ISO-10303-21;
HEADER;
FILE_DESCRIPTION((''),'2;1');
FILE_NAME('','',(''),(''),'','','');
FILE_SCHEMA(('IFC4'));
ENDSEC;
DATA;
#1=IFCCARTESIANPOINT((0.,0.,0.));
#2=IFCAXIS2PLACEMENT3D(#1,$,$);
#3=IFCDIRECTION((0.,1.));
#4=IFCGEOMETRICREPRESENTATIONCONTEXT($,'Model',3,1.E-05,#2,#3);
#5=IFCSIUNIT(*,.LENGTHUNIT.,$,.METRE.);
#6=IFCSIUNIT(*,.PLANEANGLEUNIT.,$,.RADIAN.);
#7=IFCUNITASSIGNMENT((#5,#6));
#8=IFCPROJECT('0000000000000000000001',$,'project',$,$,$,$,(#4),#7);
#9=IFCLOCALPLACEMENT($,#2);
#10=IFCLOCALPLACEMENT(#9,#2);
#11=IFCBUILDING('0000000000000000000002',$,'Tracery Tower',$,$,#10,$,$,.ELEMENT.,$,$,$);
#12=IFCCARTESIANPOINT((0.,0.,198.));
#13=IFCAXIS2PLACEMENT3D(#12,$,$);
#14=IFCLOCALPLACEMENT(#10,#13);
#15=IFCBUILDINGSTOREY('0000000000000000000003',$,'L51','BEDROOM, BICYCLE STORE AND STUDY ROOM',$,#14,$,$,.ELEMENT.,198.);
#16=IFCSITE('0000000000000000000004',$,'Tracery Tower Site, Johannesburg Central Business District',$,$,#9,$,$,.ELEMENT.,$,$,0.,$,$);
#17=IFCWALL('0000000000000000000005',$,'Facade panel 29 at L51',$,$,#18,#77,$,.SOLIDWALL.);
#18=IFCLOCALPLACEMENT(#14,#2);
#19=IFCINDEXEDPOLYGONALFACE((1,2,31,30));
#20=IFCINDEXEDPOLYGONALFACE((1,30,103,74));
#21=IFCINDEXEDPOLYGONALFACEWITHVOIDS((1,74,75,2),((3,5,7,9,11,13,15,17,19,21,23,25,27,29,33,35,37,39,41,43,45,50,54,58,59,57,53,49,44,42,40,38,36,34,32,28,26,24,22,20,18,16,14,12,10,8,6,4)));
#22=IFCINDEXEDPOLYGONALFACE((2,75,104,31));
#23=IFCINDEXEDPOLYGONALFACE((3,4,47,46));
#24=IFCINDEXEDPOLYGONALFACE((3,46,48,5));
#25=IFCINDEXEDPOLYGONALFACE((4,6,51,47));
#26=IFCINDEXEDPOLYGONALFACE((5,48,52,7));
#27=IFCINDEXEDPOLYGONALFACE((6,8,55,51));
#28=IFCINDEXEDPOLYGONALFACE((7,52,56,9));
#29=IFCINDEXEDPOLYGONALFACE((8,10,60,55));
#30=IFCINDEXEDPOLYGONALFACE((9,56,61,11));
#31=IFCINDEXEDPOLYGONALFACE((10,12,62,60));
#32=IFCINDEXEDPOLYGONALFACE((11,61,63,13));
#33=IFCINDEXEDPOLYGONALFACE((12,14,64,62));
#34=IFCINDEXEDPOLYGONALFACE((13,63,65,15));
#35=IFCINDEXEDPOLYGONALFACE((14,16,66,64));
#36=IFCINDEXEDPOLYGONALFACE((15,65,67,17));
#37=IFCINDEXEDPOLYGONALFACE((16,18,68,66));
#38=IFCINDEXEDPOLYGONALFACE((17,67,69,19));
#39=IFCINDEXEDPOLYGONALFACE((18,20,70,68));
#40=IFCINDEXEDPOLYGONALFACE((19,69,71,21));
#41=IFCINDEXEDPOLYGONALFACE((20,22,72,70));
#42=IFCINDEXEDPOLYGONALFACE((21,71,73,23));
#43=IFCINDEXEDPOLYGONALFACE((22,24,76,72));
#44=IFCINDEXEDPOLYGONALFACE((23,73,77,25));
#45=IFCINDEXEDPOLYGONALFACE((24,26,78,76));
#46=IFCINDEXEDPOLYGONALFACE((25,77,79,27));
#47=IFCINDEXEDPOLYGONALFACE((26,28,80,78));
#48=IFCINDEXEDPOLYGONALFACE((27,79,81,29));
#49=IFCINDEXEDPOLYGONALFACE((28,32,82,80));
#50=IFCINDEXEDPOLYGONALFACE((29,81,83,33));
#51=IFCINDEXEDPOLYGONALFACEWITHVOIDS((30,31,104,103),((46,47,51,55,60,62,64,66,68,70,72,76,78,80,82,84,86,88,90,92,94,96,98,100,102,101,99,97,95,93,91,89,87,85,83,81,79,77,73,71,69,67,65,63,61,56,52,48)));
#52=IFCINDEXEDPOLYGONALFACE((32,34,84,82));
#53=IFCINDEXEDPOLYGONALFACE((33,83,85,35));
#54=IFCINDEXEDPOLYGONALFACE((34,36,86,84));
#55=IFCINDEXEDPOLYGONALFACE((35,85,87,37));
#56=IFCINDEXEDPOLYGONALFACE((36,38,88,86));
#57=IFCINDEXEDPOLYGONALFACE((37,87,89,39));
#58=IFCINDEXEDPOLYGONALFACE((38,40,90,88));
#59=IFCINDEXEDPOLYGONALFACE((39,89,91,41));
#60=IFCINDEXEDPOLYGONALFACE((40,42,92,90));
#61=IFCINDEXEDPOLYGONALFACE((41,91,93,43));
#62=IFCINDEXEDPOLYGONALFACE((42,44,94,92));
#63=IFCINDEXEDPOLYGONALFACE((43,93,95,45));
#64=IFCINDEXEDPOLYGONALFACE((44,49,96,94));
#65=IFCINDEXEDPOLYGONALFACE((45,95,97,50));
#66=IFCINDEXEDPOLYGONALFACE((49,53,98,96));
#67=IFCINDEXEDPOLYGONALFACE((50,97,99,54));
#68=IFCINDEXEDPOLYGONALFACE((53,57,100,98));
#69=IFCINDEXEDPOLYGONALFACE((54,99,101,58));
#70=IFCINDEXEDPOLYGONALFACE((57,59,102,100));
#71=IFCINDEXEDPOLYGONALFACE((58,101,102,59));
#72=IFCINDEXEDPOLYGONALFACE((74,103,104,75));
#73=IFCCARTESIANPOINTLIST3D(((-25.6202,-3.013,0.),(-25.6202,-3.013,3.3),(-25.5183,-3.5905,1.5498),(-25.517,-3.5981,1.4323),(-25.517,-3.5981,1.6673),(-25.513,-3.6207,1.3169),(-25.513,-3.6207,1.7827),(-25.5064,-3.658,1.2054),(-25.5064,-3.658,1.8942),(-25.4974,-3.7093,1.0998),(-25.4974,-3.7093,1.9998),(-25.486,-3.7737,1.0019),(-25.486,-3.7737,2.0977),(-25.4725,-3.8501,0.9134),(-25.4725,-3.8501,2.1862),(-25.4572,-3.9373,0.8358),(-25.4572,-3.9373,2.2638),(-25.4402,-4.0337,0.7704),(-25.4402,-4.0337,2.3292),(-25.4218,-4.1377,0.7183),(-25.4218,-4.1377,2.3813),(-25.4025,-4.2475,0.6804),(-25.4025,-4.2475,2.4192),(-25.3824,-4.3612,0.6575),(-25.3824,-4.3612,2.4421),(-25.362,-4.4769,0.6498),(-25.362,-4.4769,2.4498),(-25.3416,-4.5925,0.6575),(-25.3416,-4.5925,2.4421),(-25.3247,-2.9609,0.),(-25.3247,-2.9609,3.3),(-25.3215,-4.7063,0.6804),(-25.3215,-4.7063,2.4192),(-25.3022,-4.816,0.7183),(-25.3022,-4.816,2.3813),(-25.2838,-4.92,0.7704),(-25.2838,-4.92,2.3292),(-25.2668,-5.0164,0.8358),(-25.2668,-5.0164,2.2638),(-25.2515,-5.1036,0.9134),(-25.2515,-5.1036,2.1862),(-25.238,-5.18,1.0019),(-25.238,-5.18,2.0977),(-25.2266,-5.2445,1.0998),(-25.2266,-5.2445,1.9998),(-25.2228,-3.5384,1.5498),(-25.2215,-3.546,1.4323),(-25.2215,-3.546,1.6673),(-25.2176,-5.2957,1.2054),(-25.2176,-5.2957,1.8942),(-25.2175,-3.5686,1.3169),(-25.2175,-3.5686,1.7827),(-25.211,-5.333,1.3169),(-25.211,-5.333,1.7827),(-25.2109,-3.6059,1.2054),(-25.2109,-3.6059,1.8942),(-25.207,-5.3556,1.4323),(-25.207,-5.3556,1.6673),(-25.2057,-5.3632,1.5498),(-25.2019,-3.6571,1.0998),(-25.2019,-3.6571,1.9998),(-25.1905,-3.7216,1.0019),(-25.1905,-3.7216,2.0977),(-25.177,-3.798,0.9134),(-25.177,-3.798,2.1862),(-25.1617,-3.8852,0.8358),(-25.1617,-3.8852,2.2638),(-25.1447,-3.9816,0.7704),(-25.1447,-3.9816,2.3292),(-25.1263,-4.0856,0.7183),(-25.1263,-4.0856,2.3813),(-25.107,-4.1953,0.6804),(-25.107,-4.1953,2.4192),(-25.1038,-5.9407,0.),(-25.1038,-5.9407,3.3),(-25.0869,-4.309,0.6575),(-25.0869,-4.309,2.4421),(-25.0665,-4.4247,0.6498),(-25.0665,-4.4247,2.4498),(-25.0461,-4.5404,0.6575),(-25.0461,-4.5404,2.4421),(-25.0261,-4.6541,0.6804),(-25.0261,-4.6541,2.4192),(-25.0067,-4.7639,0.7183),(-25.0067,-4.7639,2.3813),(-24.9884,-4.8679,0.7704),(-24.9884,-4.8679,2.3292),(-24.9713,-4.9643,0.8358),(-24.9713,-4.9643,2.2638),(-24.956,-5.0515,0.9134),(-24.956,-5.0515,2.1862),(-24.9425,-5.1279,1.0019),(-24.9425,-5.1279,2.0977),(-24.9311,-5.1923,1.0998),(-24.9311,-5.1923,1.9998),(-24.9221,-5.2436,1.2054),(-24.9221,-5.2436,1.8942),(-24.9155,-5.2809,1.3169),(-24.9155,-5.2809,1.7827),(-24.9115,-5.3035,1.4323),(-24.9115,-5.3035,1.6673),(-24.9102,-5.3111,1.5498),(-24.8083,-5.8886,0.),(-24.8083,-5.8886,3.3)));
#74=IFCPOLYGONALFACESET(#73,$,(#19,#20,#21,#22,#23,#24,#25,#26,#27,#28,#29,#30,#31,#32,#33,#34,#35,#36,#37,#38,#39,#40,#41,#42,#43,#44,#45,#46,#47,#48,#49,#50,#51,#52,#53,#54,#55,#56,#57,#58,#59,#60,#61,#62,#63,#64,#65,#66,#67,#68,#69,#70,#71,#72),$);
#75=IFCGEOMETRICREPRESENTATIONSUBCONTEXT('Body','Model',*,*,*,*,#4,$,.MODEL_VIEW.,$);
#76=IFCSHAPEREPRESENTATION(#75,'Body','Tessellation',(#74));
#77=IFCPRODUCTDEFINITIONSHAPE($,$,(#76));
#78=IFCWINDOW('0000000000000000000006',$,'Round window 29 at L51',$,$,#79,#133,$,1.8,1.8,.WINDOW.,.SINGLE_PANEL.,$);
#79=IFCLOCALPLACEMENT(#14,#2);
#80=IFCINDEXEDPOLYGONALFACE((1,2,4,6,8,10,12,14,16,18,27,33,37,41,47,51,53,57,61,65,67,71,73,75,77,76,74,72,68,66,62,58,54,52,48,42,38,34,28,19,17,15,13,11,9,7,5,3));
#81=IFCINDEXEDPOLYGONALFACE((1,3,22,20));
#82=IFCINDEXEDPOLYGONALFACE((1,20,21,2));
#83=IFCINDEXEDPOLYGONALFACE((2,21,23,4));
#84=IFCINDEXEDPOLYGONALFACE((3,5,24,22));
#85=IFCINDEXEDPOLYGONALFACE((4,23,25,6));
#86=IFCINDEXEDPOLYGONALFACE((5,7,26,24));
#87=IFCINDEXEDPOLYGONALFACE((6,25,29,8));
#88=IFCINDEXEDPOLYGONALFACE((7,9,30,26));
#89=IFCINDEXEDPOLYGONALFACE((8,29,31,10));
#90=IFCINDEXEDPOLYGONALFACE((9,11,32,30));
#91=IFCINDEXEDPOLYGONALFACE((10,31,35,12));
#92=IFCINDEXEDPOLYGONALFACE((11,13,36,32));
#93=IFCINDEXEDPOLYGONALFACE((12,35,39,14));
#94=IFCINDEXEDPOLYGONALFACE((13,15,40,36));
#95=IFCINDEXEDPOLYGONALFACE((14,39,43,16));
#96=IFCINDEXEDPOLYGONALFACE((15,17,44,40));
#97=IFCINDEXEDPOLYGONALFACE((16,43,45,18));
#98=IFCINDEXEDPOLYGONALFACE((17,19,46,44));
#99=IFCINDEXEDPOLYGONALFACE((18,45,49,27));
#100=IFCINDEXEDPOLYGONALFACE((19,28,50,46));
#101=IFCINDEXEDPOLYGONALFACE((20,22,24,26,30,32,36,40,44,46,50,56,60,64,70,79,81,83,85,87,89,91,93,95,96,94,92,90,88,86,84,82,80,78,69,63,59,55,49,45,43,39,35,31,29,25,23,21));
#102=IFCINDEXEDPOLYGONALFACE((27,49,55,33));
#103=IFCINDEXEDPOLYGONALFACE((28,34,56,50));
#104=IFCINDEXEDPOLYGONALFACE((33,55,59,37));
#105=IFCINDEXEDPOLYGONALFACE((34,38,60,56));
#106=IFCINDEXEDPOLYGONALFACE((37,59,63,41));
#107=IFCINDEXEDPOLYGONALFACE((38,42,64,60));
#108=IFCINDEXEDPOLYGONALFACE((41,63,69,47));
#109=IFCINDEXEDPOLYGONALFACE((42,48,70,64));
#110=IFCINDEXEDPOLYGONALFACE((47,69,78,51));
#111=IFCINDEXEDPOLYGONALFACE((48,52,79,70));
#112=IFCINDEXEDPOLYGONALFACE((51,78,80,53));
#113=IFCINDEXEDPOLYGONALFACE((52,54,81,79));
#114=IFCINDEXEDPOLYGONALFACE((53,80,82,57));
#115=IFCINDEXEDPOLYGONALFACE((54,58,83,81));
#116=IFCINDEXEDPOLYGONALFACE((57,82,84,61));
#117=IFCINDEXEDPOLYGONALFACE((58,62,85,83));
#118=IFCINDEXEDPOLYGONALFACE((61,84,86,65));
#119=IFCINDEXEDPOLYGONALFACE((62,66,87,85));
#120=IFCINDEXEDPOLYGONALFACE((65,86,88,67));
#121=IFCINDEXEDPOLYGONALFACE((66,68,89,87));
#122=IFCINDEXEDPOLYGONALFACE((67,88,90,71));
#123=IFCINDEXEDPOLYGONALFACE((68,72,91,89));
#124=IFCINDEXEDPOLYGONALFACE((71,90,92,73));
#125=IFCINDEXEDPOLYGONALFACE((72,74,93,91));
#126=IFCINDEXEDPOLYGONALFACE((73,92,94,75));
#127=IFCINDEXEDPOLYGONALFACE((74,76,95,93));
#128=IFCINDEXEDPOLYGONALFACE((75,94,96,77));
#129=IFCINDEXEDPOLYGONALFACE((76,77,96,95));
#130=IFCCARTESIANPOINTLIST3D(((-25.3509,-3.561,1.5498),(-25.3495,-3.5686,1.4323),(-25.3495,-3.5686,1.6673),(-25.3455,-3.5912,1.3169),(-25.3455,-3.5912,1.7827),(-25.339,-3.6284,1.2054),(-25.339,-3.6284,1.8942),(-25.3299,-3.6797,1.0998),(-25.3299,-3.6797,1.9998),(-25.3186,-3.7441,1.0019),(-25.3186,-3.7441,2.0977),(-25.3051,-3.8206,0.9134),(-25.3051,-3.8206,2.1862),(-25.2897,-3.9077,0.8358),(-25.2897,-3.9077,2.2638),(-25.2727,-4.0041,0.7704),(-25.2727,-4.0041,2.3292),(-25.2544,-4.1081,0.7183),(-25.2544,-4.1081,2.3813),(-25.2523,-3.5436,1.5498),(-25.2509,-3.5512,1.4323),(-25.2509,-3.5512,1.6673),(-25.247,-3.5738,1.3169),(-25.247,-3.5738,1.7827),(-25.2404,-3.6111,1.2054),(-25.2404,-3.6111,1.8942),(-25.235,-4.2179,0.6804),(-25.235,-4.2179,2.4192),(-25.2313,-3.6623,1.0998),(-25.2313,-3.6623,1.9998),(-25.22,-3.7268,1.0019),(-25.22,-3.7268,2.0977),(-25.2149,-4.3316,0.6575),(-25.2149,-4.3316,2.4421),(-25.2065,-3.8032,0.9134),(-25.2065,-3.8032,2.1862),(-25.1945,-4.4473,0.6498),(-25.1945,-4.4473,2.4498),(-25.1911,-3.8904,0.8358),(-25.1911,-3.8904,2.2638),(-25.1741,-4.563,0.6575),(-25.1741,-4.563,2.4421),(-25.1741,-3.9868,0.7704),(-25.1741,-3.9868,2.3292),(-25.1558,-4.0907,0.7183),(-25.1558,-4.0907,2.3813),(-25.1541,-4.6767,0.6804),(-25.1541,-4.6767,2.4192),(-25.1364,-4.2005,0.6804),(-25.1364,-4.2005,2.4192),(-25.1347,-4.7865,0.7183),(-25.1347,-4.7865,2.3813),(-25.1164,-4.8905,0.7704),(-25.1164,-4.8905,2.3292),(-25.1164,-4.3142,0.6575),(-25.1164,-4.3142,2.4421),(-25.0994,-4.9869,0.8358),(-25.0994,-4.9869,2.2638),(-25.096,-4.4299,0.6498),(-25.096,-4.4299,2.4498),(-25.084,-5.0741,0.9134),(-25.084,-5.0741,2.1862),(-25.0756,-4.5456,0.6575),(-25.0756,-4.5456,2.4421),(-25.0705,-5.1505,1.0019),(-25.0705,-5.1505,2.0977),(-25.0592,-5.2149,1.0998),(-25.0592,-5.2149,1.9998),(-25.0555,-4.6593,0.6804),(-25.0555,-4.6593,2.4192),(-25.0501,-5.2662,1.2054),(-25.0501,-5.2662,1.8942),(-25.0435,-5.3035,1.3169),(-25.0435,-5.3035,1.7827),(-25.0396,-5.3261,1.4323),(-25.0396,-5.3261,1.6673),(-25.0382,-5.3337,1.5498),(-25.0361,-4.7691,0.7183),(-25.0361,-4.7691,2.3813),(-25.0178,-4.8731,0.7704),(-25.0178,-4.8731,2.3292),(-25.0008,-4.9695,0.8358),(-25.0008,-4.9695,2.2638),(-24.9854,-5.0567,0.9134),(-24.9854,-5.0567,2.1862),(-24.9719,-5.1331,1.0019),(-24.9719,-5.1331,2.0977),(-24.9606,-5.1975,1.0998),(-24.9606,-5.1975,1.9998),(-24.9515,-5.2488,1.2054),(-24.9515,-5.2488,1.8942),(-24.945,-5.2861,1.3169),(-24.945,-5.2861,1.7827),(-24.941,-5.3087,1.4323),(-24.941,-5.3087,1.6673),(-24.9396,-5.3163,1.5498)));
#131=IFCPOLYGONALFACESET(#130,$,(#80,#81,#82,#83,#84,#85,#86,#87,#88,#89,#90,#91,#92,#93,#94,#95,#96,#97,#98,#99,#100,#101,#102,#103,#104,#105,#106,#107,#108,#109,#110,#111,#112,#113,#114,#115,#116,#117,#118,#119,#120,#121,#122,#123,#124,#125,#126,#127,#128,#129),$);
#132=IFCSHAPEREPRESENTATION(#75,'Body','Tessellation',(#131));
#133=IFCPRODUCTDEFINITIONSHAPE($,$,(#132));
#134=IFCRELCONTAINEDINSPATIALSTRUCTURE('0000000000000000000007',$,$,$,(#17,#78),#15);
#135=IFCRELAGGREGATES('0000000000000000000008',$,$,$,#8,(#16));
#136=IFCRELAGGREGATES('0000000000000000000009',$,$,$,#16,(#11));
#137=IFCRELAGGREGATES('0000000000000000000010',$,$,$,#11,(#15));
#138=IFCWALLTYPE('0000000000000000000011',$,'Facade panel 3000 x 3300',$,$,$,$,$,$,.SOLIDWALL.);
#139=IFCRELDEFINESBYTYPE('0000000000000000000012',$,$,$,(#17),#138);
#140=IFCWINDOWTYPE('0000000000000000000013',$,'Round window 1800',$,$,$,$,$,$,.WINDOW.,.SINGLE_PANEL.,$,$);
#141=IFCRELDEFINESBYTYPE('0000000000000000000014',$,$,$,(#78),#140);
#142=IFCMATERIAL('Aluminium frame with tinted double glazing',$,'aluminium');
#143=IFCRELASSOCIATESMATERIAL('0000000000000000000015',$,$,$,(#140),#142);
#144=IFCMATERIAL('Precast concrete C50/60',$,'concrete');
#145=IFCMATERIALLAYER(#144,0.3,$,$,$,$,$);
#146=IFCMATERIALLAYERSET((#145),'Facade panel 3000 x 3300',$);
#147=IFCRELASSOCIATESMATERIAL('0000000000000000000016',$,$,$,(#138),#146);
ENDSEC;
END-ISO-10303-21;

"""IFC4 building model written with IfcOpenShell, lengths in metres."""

from ifc_helpers import new_model, si_unit, direction, frame, frame_2d, origin, origin_2d, place, context, subcontext, project, spatial, rectangle, circle, extrude, material, layer, layer_set, type_object, element, fill, save


model = new_model("IFC4")

# Units and contexts
model_context = context("Model", 3, precision=1e-05, world=origin(), true_north=direction((0.0, 1.0)))
body_context = subcontext(model_context, "Body", "Model", "MODEL_VIEW")
ifc_project = project(units=[si_unit("LENGTHUNIT", "METRE"), si_unit("PLANEANGLEUNIT", "RADIAN")], contexts=[model_context])

# Site, building, storey
site_placement = place(None, origin())
site = spatial("IfcSite", under=ifc_project, at=site_placement, Name="Tracery Tower Site, Johannesburg Central Business District", CompositionType="ELEMENT", RefElevation=0.0)
building_placement = place(site_placement, origin())
building = spatial("IfcBuilding", under=site, at=building_placement, Name="Tracery Tower", CompositionType="ELEMENT")
storey_placement = place(building_placement, frame((0.0, 0.0, 198.0)))
storey = spatial("IfcBuildingStorey", under=building, at=storey_placement, Name="L51", Description="BEDROOM, BICYCLE STORE AND STUDY ROOM", CompositionType="ELEMENT", Elevation=198.0)

# Wall, opening, window
ifc_material_1 = material(Name="Aluminium frame with tinted double glazing", Category="aluminium")
window_type = type_object("IfcWindowType", Name="Round window 1800", PartitioningType="SINGLE_PANEL", PredefinedType="WINDOW", material=ifc_material_1)
ifc_material_2 = material(Name="Precast concrete C50/60", Category="concrete")
ifc_layer_1 = layer(ifc_material_2, 0.3)
ifc_layer_set_1 = layer_set([ifc_layer_1], Name="Facade panel 3000 x 3300")
wall_type_1 = type_object("IfcWallType", Name="Facade panel 3000 x 3300", PredefinedType="SOLIDWALL", material=ifc_layer_set_1)
wall_1_placement = place(storey_placement, frame((-25.4724, -2.9871, 0.0), z_axis=(0.0, 0.0, 1.0), x_axis=(0.173687, -0.984801, 0.0)))
wall_1 = element("IfcWall", 1, at=wall_1_placement, inside=storey, type_object=wall_type_1, Name="Facade panel 29 at L51", PredefinedType="SOLIDWALL", context=body_context, shape_type="SweptSolid", body=[
    extrude(rectangle(XDim=2.9729, YDim=0.3, at=frame_2d((1.4863, 0.0))), origin(), (0.0, 0.0, 1.0), 3.3),
])
opening_1_placement = place(wall_1_placement, frame((1.4863, 0.0, 1.5498)))
opening_1 = element("IfcOpeningElement", 2, at=opening_1_placement, cuts=wall_1, PredefinedType="OPENING", context=body_context, shape_type="SweptSolid", body=[
    extrude(circle(Radius=0.9, at=origin_2d()), frame((0.0, 0.1599, 0.0), z_axis=(0.0, -1.0, 0.0), x_axis=(1.0, 0.0, 0.0)), (0.0, 0.0, 1.0), 0.3201),
])
window_1_placement = place(opening_1_placement, origin())
window_1 = element("IfcWindow", 3, at=window_1_placement, inside=storey, type_object=window_type, Name="Round window 29 at L51", OverallHeight=1.8, OverallWidth=1.8, PartitioningType="SINGLE_PANEL", PredefinedType="WINDOW", context=body_context, shape_type="SweptSolid", body=[
    extrude(circle(Radius=0.9, at=origin_2d()), frame((0.0, 0.1201, 0.0), z_axis=(0.0, -1.0, 0.0), x_axis=(1.0, 0.0, 0.0)), (0.0, 0.0, 1.0), 0.1001),
])
fill(opening_1, window_1)

save(model, "model.ifc")
